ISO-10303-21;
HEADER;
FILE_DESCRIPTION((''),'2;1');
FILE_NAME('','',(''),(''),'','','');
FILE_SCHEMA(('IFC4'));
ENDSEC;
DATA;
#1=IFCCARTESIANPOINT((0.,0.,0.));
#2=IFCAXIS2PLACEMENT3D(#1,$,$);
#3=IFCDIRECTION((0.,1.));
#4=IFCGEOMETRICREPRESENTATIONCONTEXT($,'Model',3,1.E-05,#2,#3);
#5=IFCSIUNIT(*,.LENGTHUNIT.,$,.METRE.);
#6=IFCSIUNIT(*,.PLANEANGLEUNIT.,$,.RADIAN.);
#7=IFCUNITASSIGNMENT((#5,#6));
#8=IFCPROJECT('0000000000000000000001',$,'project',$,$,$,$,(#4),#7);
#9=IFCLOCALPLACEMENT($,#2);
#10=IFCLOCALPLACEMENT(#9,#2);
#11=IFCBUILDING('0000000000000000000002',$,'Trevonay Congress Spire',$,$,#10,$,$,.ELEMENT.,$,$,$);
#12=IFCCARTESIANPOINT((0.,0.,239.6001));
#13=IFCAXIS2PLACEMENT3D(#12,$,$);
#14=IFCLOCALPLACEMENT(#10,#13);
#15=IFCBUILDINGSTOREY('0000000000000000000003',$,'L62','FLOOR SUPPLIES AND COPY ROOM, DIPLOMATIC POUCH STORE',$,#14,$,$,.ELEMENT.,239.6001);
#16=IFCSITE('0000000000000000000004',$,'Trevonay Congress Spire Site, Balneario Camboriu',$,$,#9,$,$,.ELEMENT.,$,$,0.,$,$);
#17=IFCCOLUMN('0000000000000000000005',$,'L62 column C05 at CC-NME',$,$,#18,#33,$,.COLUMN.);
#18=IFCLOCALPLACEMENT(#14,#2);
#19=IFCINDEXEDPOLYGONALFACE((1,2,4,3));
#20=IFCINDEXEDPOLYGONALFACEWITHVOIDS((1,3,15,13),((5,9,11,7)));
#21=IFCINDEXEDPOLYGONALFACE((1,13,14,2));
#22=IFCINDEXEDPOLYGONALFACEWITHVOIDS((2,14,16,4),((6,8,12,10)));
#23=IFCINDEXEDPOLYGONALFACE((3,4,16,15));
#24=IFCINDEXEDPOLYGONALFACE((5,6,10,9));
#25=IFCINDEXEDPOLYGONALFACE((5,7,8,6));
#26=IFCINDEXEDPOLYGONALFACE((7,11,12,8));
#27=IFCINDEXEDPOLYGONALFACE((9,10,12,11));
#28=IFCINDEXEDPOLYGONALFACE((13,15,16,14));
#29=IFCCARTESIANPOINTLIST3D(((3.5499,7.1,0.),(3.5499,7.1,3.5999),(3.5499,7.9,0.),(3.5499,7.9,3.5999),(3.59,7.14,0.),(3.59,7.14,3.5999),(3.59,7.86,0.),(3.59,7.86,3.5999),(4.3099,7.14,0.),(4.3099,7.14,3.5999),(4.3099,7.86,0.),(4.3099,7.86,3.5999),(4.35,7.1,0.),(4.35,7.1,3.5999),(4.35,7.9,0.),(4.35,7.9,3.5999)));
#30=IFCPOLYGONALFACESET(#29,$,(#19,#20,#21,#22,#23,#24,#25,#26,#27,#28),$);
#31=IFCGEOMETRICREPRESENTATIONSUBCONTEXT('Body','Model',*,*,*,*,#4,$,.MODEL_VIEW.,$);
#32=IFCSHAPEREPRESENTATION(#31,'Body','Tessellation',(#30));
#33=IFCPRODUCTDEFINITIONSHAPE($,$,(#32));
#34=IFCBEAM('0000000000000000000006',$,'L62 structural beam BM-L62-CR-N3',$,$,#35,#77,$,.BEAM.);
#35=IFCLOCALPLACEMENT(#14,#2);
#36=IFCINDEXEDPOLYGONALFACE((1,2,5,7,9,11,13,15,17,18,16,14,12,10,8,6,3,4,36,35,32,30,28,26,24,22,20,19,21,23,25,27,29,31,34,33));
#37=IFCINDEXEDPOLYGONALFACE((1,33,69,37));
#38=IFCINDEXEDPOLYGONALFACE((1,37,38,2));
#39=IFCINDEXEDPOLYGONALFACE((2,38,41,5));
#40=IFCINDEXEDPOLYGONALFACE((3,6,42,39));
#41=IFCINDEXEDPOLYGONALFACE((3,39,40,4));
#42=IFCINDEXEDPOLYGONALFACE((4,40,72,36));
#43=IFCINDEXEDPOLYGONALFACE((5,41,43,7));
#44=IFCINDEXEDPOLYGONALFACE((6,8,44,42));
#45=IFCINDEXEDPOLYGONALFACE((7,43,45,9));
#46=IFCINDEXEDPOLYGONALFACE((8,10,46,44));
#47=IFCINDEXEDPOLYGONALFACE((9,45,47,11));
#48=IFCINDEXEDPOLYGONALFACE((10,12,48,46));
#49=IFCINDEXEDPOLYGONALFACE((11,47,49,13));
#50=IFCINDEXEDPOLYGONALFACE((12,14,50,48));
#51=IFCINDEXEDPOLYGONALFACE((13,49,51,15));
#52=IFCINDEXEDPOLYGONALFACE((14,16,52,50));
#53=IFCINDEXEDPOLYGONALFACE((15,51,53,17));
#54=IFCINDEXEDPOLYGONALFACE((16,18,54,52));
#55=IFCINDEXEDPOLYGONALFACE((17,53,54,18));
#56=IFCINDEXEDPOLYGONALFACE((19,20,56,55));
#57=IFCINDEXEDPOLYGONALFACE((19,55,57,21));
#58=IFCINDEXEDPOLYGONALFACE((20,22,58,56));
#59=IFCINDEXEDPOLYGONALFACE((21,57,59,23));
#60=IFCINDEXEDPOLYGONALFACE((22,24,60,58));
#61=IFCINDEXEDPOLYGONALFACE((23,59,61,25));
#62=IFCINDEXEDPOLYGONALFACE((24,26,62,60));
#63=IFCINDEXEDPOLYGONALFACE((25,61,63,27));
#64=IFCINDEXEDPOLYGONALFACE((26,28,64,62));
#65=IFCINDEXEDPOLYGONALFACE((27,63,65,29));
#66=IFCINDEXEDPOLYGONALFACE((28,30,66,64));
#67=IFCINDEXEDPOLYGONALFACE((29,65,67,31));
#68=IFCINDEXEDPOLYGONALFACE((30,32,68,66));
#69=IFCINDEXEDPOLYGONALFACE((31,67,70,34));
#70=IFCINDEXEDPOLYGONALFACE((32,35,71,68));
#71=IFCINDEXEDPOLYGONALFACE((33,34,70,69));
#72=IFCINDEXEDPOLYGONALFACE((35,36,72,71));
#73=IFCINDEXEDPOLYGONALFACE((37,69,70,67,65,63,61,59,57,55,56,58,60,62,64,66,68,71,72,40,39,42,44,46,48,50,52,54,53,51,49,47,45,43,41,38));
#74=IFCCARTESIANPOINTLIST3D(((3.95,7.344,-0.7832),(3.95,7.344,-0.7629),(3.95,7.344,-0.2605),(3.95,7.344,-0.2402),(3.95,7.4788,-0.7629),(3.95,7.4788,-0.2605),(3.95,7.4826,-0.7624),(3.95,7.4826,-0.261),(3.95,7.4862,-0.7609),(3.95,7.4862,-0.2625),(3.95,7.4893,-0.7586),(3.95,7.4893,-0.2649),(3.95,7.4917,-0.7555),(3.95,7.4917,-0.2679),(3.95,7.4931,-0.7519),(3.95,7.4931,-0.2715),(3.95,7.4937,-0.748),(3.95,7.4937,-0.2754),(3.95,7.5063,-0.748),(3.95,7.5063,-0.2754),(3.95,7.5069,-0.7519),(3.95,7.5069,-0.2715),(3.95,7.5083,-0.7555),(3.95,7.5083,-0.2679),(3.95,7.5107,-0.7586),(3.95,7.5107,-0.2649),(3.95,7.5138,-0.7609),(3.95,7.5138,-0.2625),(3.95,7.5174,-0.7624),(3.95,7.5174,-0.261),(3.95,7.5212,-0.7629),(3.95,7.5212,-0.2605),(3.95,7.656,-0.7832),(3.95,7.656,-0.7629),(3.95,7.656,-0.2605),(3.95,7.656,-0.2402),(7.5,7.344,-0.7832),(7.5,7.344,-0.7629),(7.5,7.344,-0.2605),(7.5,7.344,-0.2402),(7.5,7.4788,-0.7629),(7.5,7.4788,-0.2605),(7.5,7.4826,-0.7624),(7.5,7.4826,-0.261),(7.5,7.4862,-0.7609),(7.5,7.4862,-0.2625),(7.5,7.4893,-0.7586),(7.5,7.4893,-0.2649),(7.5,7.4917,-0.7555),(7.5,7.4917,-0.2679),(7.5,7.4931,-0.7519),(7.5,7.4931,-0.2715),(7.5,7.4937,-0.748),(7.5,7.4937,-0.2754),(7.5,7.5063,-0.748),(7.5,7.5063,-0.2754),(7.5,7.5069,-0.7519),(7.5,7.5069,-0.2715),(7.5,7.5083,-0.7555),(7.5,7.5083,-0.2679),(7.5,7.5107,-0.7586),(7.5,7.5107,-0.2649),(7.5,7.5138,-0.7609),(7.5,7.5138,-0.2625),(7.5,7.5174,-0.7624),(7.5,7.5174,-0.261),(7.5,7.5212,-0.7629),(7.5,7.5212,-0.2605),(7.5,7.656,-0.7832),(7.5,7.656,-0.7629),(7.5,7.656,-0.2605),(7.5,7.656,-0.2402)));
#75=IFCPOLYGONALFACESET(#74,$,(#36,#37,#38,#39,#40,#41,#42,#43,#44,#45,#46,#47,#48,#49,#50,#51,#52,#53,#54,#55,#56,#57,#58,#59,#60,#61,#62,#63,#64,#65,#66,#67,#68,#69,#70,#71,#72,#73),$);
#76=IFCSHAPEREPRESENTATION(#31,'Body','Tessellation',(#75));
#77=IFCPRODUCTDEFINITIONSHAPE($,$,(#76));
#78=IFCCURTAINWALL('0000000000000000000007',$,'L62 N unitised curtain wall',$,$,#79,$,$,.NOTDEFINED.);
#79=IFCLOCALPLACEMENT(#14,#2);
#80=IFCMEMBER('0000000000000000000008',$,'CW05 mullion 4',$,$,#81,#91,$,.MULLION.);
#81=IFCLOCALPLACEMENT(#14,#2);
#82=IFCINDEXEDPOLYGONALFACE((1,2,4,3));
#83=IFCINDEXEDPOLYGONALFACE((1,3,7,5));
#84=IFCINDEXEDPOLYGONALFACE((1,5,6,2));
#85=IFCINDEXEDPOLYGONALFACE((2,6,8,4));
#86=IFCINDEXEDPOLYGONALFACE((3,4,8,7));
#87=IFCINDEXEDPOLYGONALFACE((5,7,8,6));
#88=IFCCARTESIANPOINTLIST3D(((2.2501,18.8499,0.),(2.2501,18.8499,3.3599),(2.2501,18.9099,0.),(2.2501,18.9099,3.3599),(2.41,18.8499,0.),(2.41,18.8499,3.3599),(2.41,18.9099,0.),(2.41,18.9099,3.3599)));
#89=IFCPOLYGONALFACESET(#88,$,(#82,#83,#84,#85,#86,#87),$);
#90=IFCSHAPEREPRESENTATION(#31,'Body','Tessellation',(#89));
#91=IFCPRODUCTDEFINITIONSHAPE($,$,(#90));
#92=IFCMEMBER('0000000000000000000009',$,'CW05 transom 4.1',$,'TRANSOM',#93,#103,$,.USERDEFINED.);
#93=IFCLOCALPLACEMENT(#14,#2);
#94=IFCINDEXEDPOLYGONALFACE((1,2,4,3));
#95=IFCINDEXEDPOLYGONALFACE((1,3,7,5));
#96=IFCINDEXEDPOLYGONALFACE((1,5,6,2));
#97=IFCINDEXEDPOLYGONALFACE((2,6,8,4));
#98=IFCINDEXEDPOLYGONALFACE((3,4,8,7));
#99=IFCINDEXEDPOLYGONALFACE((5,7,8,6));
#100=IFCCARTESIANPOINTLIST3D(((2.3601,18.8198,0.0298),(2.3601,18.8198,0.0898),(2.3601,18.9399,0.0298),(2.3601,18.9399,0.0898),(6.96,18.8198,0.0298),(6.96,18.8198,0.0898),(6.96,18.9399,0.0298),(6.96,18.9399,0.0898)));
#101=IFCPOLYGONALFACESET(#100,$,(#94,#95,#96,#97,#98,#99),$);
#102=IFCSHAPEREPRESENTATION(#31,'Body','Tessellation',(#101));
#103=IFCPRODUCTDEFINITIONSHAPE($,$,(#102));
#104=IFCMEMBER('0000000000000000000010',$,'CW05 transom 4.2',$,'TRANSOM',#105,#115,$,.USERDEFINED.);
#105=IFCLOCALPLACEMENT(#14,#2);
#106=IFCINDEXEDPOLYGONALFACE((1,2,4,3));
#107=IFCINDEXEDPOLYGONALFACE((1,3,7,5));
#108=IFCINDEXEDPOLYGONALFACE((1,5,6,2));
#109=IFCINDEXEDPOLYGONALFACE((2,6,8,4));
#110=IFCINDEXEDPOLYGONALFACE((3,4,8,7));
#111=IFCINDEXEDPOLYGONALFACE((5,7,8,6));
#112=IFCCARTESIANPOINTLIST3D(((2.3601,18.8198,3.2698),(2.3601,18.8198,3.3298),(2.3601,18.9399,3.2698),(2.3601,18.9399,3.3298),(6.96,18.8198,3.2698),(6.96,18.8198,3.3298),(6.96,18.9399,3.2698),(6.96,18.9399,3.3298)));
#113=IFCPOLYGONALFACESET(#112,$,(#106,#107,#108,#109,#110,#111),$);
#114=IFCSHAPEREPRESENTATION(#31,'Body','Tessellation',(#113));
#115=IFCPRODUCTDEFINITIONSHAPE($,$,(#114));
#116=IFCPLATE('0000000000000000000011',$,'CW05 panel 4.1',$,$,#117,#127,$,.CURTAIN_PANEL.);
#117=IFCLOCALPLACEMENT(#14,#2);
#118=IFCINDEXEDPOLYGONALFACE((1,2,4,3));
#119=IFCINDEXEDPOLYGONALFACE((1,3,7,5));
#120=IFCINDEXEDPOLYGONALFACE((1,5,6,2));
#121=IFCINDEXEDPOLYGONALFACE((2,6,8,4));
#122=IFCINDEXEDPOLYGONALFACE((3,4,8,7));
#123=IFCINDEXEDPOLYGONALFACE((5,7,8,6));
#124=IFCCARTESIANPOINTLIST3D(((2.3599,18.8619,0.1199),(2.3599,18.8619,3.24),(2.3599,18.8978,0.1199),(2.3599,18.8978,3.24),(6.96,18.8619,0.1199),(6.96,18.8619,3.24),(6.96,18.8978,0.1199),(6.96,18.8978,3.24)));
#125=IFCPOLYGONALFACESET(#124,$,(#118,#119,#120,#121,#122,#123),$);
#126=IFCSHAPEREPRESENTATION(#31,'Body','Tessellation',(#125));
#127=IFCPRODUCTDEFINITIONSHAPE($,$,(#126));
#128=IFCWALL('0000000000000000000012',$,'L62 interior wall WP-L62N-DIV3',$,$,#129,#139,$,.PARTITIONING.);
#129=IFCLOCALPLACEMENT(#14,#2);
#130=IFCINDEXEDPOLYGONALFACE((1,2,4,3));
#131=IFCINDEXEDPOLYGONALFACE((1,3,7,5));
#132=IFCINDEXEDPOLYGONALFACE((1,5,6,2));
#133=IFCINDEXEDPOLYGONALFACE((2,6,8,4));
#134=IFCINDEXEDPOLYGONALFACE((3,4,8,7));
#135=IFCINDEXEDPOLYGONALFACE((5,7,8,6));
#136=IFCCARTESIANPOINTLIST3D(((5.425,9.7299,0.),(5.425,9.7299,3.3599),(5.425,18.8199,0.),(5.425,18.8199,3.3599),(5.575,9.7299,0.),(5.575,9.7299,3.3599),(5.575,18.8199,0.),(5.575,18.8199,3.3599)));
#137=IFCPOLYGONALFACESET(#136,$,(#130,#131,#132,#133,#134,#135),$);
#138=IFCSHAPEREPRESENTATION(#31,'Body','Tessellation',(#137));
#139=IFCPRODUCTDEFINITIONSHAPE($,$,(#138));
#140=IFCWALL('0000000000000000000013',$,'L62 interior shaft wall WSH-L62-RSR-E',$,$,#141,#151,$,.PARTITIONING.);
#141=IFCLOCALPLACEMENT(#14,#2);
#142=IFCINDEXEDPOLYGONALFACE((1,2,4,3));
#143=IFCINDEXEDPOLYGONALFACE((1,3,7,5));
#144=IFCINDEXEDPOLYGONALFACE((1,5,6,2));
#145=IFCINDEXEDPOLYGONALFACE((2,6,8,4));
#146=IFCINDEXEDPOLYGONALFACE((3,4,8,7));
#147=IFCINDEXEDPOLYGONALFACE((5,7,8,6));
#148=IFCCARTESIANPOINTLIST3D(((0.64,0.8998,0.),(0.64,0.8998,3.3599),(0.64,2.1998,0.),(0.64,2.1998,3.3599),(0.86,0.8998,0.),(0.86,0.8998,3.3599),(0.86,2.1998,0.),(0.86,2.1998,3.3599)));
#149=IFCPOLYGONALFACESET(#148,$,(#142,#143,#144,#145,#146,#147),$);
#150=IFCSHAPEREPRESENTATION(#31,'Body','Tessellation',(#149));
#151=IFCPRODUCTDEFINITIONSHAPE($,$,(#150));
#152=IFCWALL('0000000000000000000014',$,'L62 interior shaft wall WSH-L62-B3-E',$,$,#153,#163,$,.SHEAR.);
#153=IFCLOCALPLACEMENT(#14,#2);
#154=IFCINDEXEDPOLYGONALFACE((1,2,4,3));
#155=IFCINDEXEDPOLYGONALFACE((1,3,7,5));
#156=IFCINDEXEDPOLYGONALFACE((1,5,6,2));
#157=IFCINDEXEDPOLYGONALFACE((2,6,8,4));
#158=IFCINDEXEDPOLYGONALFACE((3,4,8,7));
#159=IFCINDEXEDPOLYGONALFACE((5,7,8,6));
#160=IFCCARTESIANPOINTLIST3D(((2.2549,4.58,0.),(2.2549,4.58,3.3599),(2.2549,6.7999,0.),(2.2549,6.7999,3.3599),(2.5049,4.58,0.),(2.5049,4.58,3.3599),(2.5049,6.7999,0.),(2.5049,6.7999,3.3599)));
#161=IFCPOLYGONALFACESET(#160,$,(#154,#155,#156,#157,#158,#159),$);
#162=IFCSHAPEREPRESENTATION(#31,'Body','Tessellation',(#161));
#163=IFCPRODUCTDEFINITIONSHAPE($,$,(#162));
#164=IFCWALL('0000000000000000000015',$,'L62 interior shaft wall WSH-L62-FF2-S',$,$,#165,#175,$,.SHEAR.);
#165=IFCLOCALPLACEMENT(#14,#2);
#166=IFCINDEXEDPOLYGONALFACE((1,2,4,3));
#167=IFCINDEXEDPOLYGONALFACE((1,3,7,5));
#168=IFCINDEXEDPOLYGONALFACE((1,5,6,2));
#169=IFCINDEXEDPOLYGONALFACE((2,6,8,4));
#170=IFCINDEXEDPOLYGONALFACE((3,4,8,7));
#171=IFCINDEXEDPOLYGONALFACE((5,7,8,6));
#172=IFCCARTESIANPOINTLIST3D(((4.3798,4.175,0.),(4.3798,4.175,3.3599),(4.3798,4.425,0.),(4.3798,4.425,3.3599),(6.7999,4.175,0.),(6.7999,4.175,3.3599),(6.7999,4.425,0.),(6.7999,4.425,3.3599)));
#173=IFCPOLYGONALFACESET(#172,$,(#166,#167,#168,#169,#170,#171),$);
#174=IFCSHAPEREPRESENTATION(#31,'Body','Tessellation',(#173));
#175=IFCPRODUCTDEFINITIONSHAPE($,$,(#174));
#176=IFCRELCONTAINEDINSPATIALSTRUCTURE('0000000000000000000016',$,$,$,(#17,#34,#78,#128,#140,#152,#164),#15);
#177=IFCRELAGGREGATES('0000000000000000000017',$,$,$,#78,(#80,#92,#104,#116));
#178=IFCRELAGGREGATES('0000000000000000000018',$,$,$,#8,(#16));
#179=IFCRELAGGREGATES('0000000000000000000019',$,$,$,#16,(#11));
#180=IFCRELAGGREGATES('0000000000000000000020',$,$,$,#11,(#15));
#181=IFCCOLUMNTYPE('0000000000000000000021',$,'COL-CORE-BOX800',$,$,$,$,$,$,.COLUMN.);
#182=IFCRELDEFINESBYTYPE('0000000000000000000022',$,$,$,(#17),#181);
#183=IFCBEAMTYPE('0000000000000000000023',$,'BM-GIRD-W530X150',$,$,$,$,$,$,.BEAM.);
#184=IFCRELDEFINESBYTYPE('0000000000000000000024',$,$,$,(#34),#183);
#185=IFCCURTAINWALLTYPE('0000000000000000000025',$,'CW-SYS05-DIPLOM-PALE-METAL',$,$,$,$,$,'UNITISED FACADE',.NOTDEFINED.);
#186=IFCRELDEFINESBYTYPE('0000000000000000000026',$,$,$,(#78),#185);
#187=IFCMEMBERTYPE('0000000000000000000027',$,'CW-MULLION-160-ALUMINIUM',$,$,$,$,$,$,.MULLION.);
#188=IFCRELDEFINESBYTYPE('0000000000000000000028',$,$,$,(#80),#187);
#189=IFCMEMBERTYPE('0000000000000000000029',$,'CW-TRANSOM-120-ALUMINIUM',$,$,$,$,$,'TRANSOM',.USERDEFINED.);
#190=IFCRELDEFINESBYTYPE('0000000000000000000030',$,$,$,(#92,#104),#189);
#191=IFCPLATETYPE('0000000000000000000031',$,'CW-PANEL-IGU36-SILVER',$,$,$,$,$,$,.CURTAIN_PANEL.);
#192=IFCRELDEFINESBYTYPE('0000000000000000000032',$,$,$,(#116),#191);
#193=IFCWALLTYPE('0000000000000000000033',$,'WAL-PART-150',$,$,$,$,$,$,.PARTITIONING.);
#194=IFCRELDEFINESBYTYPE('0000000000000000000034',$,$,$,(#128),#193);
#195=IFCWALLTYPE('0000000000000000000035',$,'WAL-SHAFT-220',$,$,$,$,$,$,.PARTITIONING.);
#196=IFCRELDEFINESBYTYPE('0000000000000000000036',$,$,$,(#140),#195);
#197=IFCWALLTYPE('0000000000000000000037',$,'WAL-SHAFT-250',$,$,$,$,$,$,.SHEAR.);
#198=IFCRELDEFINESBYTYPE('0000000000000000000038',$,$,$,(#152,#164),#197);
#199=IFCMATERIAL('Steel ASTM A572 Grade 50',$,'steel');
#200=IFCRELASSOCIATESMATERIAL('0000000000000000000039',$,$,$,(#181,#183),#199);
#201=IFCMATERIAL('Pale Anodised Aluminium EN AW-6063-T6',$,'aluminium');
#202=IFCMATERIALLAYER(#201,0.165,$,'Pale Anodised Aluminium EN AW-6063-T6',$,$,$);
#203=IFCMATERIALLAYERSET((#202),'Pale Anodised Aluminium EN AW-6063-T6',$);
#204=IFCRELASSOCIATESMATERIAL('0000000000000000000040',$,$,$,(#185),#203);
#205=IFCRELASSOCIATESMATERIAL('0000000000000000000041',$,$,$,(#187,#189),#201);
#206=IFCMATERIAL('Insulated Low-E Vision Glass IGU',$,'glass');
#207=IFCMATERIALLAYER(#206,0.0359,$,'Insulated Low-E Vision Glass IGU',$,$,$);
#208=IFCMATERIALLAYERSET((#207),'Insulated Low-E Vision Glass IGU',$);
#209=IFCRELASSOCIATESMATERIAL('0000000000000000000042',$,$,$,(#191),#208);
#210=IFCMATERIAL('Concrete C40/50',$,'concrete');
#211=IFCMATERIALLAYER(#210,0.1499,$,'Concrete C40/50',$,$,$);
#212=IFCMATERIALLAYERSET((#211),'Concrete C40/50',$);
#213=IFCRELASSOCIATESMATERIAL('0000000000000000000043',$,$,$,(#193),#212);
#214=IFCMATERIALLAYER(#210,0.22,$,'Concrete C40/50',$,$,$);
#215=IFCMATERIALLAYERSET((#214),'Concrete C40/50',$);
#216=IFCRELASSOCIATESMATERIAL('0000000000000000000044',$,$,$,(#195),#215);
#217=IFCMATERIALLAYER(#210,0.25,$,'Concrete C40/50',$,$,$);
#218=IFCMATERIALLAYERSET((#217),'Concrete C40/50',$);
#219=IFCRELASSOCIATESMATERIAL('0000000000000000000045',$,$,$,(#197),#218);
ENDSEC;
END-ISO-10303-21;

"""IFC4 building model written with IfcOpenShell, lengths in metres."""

from ifc_helpers import new_model, si_unit, direction, frame, frame_2d, origin, origin_2d, place, context, subcontext, project, spatial, rectangle, hollow_rectangle, i_section, extrude, material, layer, layer_set, material_profile, profile_set, type_object, element, aggregate, save


model = new_model("IFC4")

# Units and contexts
model_context = context("Model", 3, precision=1e-05, world=origin(), true_north=direction((0.0, 1.0)))
body_context = subcontext(model_context, "Body", "Model", "MODEL_VIEW")
ifc_project = project(units=[si_unit("LENGTHUNIT", "METRE"), si_unit("PLANEANGLEUNIT", "RADIAN")], contexts=[model_context])

# Site, building, storey
site_placement = place(None, origin())
site = spatial("IfcSite", under=ifc_project, at=site_placement, Name="Trevonay Congress Spire Site, Balneario Camboriu", CompositionType="ELEMENT", RefElevation=0.0)
building_placement = place(site_placement, origin())
building = spatial("IfcBuilding", under=site, at=building_placement, Name="Trevonay Congress Spire", CompositionType="ELEMENT")
storey_placement = place(building_placement, frame((0.0, 0.0, 239.6001)))
storey = spatial("IfcBuildingStorey", under=building, at=storey_placement, Name="L62", Description="FLOOR SUPPLIES AND COPY ROOM, DIPLOMATIC POUCH STORE", CompositionType="ELEMENT", Elevation=239.6001)

# Column
ifc_material_1 = material(Name="Steel ASTM A572 Grade 50", Category="steel")
ifc_material_profile_1 = material_profile(ifc_material_1, hollow_rectangle(XDim=0.8, YDim=0.8, WallThickness=0.04, at=origin_2d()), Name="BOX 800x800x40")
ifc_profile_set_1 = profile_set([ifc_material_profile_1], Name="Steel ASTM A572 Grade 50")
column_type = type_object("IfcColumnType", Name="COL-CORE-BOX800", PredefinedType="COLUMN", material=ifc_profile_set_1)
column_placement = place(storey_placement, frame((3.95, 7.5, 0.0), z_axis=(0.0, 0.0, 1.0), x_axis=(1.0, 0.0, 0.0)))
element("IfcColumn", 1, at=column_placement, inside=storey, type_object=column_type, Name="L62 column C05 at CC-NME", PredefinedType="COLUMN", context=body_context, shape_type="SweptSolid", body=[
    extrude(hollow_rectangle(XDim=0.8, YDim=0.8, WallThickness=0.04, at=origin_2d()), origin(), (0.0, 0.0, 1.0), 3.5999),
])

# Beam
ifc_material_profile_2 = material_profile(ifc_material_1, i_section(OverallWidth=0.312, OverallDepth=0.543, WebThickness=0.0127, FlangeThickness=0.0203, FilletRadius=0.0149, at=origin_2d()), Name="W530x150")
ifc_profile_set_2 = profile_set([ifc_material_profile_2], Name="Steel ASTM A572 Grade 50")
beam_type = type_object("IfcBeamType", Name="BM-GIRD-W530X150", PredefinedType="BEAM", material=ifc_profile_set_2)
beam_placement = place(storey_placement, frame((3.95, 7.5, -0.5117), z_axis=(1.0, 0.0, 0.0), x_axis=(0.0, 1.0, 0.0)))
element("IfcBeam", 2, at=beam_placement, inside=storey, type_object=beam_type, Name="L62 structural beam BM-L62-CR-N3", PredefinedType="BEAM", context=body_context, shape_type="SweptSolid", body=[
    extrude(i_section(OverallWidth=0.312, OverallDepth=0.543, WebThickness=0.0127, FlangeThickness=0.0203, FilletRadius=0.0149, at=origin_2d()), origin(), (0.0, 0.0, 1.0), 3.55),
])

# Curtain wall, members, plate
ifc_material_2 = material(Name="Pale Anodised Aluminium EN AW-6063-T6", Category="aluminium")
ifc_layer_1 = layer(ifc_material_2, 0.165, Name="Pale Anodised Aluminium EN AW-6063-T6")
ifc_layer_set_1 = layer_set([ifc_layer_1], Name="Pale Anodised Aluminium EN AW-6063-T6")
curtain_wall_type = type_object("IfcCurtainWallType", Name="CW-SYS05-DIPLOM-PALE-METAL", ElementType="UNITISED FACADE", PredefinedType="NOTDEFINED", material=ifc_layer_set_1)
curtain_wall_placement = place(storey_placement, origin())
curtain_wall = element("IfcCurtainWall", 3, at=curtain_wall_placement, inside=storey, type_object=curtain_wall_type, Name="L62 N unitised curtain wall", PredefinedType="NOTDEFINED")
ifc_material_profile_3 = material_profile(ifc_material_2, rectangle(XDim=0.0601, YDim=0.1599, at=origin_2d()), Name="CW-MULLION-160-ALUMINIUM")
ifc_profile_set_3 = profile_set([ifc_material_profile_3], Name="Pale Anodised Aluminium EN AW-6063-T6")
member_type_1 = type_object("IfcMemberType", Name="CW-MULLION-160-ALUMINIUM", PredefinedType="MULLION", material=ifc_profile_set_3)
member_1_placement = place(storey_placement, frame((2.3301, 18.8799, 0.0), z_axis=(0.0, 0.0, 1.0), x_axis=(0.0, 1.0, 0.0)))
member_1 = element("IfcMember", 4, at=member_1_placement, type_object=member_type_1, Name="CW05 mullion 4", PredefinedType="MULLION", context=body_context, shape_type="SweptSolid", body=[
    extrude(rectangle(XDim=0.0601, YDim=0.1599, at=origin_2d()), origin(), (0.0, 0.0, 1.0), 3.3599),
])
ifc_material_profile_4 = material_profile(ifc_material_2, rectangle(XDim=0.1201, YDim=0.0601, at=origin_2d()), Name="CW-TRANSOM-120-ALUMINIUM")
ifc_profile_set_4 = profile_set([ifc_material_profile_4], Name="Pale Anodised Aluminium EN AW-6063-T6")
member_type_2 = type_object("IfcMemberType", Name="CW-TRANSOM-120-ALUMINIUM", ElementType="TRANSOM", PredefinedType="USERDEFINED", material=ifc_profile_set_4)
member_2_placement = place(storey_placement, frame((2.3601, 18.8799, 0.0598), z_axis=(1.0, 0.0, 0.0), x_axis=(0.0, 1.0, 0.0)))
member_2 = element("IfcMember", 5, at=member_2_placement, type_object=member_type_2, Name="CW05 transom 4.1", ObjectType="TRANSOM", PredefinedType="USERDEFINED", context=body_context, shape_type="SweptSolid", body=[
    extrude(rectangle(XDim=0.1201, YDim=0.0601, at=origin_2d()), origin(), (0.0, 0.0, 1.0), 4.5999),
])
member_3_placement = place(storey_placement, frame((2.3601, 18.8799, 3.2998), z_axis=(1.0, 0.0, 0.0), x_axis=(0.0, 1.0, 0.0)))
member_3 = element("IfcMember", 6, at=member_3_placement, type_object=member_type_2, Name="CW05 transom 4.2", ObjectType="TRANSOM", PredefinedType="USERDEFINED", context=body_context, shape_type="SweptSolid", body=[
    extrude(rectangle(XDim=0.1201, YDim=0.0601, at=origin_2d()), origin(), (0.0, 0.0, 1.0), 4.5999),
])
ifc_material_3 = material(Name="Insulated Low-E Vision Glass IGU", Category="glass")
ifc_layer_2 = layer(ifc_material_3, 0.0359, Name="Insulated Low-E Vision Glass IGU")
ifc_layer_set_2 = layer_set([ifc_layer_2], Name="Insulated Low-E Vision Glass IGU")
plate_type = type_object("IfcPlateType", Name="CW-PANEL-IGU36-SILVER", PredefinedType="CURTAIN_PANEL", material=ifc_layer_set_2)
plate_placement = place(storey_placement, frame((4.6599, 18.8799, 0.1199), z_axis=(0.0, 0.0, 1.0), x_axis=(1.0, 0.0, 0.0)))
plate = element("IfcPlate", 7, at=plate_placement, type_object=plate_type, Name="CW05 panel 4.1", PredefinedType="CURTAIN_PANEL", context=body_context, shape_type="SweptSolid", body=[
    extrude(rectangle(XDim=4.6001, YDim=0.0359, at=origin_2d()), origin(), (0.0, 0.0, 1.0), 3.1201),
])
aggregate(curtain_wall, [member_1, member_2, member_3, plate])

# Walls
ifc_material_4 = material(Name="Concrete C40/50", Category="concrete")
ifc_layer_3 = layer(ifc_material_4, 0.1499, Name="Concrete C40/50")
ifc_layer_set_3 = layer_set([ifc_layer_3], Name="Concrete C40/50")
wall_type_1 = type_object("IfcWallType", Name="WAL-PART-150", PredefinedType="PARTITIONING", material=ifc_layer_set_3)
wall_1_placement = place(storey_placement, frame((5.5, 9.73, 0.0), z_axis=(0.0, 0.0, 1.0), x_axis=(0.0, 1.0, 0.0)))
element("IfcWall", 8, at=wall_1_placement, inside=storey, type_object=wall_type_1, Name="L62 interior wall WP-L62N-DIV3", PredefinedType="PARTITIONING", context=body_context, shape_type="SweptSolid", body=[
    extrude(rectangle(XDim=9.0901, YDim=0.1499, at=frame_2d((4.5449, 0.0))), origin(), (0.0, 0.0, 1.0), 3.3599),
])
ifc_layer_4 = layer(ifc_material_4, 0.22, Name="Concrete C40/50")
ifc_layer_set_4 = layer_set([ifc_layer_4], Name="Concrete C40/50")
wall_type_2 = type_object("IfcWallType", Name="WAL-SHAFT-220", PredefinedType="PARTITIONING", material=ifc_layer_set_4)
wall_2_placement = place(storey_placement, frame((0.75, 0.8999, 0.0), z_axis=(0.0, 0.0, 1.0), x_axis=(0.0, 1.0, 0.0)))
element("IfcWall", 9, at=wall_2_placement, inside=storey, type_object=wall_type_2, Name="L62 interior shaft wall WSH-L62-RSR-E", PredefinedType="PARTITIONING", context=body_context, shape_type="SweptSolid", body=[
    extrude(rectangle(XDim=1.3, YDim=0.22, at=frame_2d((0.6499, 0.0))), origin(), (0.0, 0.0, 1.0), 3.3599),
])
ifc_layer_5 = layer(ifc_material_4, 0.25, Name="Concrete C40/50")
ifc_layer_set_5 = layer_set([ifc_layer_5], Name="Concrete C40/50")
wall_type_3 = type_object("IfcWallType", Name="WAL-SHAFT-250", PredefinedType="SHEAR", material=ifc_layer_set_5)
wall_3_placement = place(storey_placement, frame((2.3799, 4.5801, 0.0), z_axis=(0.0, 0.0, 1.0), x_axis=(0.0, 1.0, 0.0)))
element("IfcWall", 10, at=wall_3_placement, inside=storey, type_object=wall_type_3, Name="L62 interior shaft wall WSH-L62-B3-E", PredefinedType="SHEAR", context=body_context, shape_type="SweptSolid", body=[
    extrude(rectangle(XDim=2.22, YDim=0.25, at=frame_2d((1.1099, 0.0))), origin(), (0.0, 0.0, 1.0), 3.3599),
])
wall_4_placement = place(storey_placement, frame((4.3799, 4.3, 0.0), z_axis=(0.0, 0.0, 1.0), x_axis=(1.0, 0.0, 0.0)))
element("IfcWall", 11, at=wall_4_placement, inside=storey, type_object=wall_type_3, Name="L62 interior shaft wall WSH-L62-FF2-S", PredefinedType="SHEAR", context=body_context, shape_type="SweptSolid", body=[
    extrude(rectangle(XDim=2.4202, YDim=0.25, at=frame_2d((1.21, 0.0))), origin(), (0.0, 0.0, 1.0), 3.3599),
])

save(model, "model.ifc")
